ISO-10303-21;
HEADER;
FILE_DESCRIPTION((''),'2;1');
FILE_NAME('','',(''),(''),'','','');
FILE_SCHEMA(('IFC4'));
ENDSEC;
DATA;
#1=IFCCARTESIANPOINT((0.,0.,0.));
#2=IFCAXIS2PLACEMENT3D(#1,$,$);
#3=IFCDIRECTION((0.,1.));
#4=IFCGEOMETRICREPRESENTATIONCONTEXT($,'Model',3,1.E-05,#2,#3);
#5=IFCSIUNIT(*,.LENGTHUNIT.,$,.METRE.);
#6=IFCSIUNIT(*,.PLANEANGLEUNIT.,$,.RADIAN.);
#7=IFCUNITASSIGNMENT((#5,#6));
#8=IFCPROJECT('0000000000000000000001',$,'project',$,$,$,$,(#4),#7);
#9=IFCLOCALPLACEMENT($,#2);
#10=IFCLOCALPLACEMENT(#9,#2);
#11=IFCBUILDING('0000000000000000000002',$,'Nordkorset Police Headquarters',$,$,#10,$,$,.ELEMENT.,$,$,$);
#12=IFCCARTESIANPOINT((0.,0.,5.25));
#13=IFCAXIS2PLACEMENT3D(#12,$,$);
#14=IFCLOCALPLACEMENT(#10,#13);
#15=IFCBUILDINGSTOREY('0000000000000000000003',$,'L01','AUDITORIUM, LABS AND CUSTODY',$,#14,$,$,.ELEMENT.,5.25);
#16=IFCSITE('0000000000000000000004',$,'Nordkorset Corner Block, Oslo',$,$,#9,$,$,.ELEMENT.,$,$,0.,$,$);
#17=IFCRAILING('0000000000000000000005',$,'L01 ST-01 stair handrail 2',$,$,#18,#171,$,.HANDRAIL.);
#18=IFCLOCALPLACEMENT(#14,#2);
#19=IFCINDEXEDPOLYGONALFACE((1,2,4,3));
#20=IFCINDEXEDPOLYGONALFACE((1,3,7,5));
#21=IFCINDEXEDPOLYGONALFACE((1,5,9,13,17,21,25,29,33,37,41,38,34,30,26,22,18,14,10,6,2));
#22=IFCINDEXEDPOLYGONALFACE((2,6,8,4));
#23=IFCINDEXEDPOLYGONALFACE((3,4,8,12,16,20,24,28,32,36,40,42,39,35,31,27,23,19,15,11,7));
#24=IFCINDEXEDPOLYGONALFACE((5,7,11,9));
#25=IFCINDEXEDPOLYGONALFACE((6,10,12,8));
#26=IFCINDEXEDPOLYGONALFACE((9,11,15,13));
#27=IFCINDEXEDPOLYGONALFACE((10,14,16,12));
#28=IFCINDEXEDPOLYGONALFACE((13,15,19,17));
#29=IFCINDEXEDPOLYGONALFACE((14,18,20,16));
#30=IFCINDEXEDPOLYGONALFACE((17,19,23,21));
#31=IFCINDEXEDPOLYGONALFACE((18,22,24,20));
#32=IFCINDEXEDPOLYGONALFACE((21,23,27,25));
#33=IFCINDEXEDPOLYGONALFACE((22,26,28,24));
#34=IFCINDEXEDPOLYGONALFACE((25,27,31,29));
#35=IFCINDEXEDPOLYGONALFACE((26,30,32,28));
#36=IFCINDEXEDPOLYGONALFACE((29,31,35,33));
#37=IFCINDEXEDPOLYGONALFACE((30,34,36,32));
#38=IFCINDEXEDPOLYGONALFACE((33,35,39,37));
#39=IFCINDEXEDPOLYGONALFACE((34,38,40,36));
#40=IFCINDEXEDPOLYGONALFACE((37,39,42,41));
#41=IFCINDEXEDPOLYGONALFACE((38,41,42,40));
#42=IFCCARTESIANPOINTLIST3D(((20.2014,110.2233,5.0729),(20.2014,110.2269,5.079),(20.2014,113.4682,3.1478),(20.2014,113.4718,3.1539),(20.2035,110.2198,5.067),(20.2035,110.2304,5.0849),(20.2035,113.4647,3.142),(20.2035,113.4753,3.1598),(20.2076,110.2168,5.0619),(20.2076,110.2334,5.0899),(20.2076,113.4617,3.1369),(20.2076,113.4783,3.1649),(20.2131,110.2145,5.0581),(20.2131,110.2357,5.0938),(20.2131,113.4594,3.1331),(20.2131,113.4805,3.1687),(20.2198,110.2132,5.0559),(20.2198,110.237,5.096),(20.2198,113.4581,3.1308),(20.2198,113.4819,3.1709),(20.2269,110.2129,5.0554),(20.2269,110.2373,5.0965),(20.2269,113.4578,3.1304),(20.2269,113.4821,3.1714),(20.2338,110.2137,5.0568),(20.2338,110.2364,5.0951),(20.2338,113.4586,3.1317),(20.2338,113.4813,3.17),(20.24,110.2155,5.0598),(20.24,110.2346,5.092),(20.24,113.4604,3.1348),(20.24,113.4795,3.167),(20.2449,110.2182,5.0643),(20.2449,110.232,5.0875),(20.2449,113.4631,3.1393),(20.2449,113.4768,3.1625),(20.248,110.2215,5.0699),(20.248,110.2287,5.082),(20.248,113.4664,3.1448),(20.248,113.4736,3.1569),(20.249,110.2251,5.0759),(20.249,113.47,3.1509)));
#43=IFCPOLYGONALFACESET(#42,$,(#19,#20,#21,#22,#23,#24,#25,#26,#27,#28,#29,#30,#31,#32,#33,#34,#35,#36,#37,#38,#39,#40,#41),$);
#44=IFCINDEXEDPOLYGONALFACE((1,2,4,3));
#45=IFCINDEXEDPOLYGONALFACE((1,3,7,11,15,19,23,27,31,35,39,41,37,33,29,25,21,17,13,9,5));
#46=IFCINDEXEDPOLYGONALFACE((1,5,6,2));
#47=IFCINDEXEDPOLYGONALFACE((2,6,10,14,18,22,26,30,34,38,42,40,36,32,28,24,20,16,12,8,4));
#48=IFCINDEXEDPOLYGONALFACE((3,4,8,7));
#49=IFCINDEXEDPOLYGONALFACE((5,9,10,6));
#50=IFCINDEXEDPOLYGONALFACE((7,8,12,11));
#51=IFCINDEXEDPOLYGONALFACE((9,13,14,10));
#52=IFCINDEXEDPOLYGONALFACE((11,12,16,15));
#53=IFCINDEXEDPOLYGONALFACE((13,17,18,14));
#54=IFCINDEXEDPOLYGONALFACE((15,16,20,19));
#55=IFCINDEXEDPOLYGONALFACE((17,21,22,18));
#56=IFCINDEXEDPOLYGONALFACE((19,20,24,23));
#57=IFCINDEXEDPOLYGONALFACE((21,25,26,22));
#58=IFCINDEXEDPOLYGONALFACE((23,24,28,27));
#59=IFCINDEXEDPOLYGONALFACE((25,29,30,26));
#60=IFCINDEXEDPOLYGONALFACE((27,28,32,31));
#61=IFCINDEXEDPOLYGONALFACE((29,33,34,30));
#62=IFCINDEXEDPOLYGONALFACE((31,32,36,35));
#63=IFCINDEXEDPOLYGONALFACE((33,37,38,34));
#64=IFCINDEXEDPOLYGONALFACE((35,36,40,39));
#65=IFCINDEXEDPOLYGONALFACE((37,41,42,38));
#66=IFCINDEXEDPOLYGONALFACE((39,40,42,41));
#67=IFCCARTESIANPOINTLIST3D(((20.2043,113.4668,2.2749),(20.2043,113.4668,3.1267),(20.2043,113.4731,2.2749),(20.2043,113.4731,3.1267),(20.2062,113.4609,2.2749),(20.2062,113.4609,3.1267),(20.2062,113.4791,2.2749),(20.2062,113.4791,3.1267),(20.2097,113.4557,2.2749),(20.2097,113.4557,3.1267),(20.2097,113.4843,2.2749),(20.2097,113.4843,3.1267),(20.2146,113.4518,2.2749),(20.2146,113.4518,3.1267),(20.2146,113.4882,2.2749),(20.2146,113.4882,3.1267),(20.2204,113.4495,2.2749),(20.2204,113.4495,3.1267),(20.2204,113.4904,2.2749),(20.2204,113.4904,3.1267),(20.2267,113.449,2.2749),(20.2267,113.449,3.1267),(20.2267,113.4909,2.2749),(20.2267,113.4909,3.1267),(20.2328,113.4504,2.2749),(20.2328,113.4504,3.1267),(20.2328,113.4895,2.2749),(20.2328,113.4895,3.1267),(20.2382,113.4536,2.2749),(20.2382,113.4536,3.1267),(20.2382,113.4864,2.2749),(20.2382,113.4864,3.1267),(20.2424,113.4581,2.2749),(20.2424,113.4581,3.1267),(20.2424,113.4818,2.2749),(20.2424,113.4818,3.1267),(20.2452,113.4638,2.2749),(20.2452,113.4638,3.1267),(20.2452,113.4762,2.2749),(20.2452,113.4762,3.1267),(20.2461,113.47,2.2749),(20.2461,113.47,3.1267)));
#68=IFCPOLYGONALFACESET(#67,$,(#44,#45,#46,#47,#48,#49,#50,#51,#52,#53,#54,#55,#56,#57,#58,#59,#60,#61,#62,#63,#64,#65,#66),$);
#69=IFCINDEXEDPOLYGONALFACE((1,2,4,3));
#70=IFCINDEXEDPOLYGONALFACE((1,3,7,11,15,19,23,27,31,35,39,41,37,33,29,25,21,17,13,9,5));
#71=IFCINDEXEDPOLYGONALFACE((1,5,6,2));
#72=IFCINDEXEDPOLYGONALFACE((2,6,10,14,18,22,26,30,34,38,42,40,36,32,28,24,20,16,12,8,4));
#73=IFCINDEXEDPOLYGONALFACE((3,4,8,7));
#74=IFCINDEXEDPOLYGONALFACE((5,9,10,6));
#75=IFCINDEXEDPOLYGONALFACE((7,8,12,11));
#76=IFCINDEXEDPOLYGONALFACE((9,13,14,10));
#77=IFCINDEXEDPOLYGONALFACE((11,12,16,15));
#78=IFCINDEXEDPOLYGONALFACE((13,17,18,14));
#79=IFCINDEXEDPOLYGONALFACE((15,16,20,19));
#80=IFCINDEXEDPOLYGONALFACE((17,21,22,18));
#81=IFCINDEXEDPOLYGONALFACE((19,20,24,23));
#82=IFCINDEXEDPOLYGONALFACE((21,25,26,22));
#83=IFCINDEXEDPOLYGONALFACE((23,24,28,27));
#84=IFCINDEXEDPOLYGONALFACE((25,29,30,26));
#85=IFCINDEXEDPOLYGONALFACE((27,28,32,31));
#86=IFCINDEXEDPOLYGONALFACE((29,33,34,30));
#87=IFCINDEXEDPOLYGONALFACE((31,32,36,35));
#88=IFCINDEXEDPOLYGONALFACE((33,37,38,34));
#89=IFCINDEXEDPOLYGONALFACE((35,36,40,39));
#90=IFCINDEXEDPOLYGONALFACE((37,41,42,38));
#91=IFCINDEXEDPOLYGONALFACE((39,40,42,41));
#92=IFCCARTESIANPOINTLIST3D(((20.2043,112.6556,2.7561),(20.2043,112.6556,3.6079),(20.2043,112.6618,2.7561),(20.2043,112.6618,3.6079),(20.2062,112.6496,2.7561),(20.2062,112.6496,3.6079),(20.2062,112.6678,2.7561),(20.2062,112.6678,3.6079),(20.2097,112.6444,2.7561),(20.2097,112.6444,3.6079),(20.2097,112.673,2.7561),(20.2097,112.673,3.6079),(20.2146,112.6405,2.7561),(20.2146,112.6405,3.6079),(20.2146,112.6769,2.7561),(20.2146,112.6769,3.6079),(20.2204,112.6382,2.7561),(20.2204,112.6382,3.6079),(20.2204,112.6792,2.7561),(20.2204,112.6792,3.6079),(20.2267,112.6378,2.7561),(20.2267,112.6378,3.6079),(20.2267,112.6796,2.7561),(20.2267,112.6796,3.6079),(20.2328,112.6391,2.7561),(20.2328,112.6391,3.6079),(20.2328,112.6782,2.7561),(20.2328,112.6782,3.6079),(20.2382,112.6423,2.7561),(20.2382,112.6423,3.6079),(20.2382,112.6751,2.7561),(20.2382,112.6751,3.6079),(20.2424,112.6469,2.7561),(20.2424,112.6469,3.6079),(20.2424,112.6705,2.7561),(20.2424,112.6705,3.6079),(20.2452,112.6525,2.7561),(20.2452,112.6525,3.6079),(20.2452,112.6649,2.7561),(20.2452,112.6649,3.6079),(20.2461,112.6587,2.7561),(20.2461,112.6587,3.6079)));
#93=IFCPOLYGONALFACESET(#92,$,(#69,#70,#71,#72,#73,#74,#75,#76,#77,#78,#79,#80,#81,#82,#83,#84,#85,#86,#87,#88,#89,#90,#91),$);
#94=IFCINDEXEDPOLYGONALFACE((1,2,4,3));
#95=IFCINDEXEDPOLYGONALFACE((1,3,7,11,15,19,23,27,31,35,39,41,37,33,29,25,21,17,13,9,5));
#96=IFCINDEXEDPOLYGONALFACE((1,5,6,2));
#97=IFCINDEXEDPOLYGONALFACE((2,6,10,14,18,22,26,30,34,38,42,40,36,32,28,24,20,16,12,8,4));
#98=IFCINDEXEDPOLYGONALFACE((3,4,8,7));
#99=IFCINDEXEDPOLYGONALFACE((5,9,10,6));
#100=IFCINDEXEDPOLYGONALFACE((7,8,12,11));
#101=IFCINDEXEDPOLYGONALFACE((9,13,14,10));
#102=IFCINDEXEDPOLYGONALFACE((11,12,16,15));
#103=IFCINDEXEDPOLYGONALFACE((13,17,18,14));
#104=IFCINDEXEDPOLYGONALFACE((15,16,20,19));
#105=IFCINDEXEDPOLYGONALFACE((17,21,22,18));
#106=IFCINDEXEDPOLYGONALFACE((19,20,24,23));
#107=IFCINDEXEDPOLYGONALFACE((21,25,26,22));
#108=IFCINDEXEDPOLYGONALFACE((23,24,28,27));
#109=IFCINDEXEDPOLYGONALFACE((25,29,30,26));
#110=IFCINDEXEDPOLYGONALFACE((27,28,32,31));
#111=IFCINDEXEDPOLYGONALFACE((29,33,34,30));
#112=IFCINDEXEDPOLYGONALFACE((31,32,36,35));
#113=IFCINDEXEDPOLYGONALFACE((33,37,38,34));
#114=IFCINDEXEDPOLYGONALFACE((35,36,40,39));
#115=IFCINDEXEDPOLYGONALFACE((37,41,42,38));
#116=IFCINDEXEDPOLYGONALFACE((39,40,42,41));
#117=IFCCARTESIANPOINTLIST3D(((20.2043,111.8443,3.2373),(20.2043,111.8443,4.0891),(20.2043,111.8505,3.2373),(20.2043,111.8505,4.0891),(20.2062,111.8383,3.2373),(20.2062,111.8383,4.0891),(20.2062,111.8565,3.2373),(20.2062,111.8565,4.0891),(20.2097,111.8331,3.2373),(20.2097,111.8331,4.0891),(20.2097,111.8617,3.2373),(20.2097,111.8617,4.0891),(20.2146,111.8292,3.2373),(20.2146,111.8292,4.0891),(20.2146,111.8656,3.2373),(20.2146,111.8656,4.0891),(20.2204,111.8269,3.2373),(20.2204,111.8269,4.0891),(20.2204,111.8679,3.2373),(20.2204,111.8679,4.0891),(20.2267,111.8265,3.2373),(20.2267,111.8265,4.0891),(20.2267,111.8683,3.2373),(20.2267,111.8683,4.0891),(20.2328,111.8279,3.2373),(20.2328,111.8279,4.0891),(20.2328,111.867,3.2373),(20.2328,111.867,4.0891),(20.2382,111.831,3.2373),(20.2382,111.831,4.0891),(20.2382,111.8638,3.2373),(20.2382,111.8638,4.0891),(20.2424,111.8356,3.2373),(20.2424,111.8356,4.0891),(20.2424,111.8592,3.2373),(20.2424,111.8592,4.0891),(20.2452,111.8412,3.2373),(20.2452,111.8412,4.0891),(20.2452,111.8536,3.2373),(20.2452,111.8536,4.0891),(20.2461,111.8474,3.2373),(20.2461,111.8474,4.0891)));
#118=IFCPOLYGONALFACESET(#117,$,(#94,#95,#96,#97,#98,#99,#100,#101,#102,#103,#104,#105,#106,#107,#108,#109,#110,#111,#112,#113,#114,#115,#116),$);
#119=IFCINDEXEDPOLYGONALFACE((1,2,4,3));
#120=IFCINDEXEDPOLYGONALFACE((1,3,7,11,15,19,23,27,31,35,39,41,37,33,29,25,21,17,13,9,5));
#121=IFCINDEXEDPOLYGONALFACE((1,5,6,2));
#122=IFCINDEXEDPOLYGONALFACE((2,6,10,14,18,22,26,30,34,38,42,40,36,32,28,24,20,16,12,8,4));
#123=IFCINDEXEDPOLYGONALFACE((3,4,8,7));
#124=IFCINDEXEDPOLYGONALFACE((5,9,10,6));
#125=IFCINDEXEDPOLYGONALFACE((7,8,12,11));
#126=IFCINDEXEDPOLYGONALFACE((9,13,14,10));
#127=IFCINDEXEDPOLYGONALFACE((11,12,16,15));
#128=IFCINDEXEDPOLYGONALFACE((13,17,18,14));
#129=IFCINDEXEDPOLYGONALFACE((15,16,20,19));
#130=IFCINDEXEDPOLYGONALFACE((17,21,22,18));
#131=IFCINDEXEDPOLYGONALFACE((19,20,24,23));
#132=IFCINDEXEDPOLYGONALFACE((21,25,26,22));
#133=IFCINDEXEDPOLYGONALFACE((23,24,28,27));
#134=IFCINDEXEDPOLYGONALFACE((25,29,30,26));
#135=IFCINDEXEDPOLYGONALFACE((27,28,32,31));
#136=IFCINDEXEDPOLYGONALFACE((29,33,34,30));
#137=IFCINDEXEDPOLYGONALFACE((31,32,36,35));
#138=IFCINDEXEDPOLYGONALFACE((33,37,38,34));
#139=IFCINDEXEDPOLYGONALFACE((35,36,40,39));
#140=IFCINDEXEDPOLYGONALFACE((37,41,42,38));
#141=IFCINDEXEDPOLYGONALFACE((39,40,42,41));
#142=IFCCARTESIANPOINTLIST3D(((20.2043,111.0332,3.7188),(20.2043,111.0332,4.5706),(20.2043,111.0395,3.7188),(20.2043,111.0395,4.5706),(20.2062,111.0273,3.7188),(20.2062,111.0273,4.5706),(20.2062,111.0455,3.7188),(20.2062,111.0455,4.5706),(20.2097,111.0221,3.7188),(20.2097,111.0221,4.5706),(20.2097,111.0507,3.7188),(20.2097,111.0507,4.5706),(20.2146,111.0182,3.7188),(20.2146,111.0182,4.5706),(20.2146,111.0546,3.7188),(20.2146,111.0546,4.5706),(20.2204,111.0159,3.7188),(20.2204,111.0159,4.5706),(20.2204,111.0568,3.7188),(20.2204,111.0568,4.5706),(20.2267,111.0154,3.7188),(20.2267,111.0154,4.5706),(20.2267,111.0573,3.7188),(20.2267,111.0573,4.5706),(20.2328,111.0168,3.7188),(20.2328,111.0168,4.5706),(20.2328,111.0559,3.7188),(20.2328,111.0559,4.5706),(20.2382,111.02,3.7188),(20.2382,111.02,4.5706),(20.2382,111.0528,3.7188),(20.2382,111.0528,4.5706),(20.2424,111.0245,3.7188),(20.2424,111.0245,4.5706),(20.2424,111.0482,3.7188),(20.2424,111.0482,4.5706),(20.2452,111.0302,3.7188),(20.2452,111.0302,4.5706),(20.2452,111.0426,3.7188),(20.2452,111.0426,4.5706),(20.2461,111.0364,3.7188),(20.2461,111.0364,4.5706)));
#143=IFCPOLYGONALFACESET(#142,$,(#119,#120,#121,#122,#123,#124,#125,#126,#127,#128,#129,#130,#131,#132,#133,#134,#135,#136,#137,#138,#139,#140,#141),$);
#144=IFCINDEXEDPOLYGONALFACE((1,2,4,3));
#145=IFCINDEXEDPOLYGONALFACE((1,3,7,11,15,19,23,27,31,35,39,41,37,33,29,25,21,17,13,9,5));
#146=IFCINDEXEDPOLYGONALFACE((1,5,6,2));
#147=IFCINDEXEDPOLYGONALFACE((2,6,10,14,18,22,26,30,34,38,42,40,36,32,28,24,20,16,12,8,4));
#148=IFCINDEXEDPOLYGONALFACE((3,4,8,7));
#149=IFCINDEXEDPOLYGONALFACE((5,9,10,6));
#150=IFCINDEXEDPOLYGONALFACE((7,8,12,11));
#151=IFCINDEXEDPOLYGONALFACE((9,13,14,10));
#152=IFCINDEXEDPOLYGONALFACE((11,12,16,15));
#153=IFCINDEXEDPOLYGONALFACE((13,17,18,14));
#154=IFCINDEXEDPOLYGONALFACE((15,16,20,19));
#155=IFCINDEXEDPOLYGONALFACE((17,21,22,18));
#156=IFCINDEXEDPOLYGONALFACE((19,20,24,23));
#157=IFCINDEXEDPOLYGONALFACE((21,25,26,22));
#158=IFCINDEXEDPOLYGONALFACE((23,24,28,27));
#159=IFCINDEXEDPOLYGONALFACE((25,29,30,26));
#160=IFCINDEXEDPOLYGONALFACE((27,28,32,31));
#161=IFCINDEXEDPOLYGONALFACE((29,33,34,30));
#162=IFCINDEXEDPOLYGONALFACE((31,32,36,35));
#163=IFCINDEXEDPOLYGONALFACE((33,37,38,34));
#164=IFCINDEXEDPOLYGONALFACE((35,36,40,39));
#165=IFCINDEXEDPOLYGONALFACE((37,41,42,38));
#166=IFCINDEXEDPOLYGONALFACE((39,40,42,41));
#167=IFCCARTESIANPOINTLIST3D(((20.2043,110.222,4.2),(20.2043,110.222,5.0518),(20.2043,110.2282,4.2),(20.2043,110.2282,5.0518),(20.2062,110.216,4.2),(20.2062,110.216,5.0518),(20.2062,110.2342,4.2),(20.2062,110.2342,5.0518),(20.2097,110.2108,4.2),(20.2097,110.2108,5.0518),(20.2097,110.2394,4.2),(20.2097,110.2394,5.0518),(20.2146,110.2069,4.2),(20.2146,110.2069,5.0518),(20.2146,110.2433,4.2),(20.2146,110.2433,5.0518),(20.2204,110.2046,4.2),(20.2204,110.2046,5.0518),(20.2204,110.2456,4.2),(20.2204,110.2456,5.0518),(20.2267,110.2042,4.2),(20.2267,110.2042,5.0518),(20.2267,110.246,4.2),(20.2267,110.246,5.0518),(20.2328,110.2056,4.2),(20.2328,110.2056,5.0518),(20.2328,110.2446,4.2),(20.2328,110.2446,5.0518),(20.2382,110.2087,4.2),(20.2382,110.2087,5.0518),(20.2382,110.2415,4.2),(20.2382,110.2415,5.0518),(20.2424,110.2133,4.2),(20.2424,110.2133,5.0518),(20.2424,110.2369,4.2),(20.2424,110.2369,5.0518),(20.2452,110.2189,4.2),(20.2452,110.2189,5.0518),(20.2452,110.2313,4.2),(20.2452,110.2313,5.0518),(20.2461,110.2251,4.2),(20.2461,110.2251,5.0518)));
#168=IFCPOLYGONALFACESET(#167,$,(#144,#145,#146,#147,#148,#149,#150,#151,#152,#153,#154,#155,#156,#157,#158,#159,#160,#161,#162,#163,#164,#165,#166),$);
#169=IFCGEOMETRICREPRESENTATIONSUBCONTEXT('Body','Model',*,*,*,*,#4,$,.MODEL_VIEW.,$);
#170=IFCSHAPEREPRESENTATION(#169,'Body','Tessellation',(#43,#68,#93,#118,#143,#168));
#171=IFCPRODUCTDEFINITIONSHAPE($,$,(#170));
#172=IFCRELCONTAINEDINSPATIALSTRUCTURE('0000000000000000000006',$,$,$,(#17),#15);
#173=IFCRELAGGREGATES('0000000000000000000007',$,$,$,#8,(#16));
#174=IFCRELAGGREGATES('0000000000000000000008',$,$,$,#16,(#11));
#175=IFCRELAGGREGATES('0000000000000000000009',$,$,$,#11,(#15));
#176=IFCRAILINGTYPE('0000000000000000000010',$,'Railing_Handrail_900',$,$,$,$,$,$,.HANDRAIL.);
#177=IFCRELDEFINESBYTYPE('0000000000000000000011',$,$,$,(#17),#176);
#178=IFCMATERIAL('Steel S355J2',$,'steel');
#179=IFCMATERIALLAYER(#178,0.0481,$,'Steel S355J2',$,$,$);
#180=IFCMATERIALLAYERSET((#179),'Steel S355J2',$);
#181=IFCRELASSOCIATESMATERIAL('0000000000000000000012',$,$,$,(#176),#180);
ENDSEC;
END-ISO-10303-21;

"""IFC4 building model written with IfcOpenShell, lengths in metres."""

from ifc_helpers import new_model, si_unit, direction, frame, origin, origin_2d, place, context, subcontext, project, spatial, circle, extrude, material, layer, layer_set, type_object, element, save


model = new_model("IFC4")

# Units and contexts
model_context = context("Model", 3, precision=1e-05, world=origin(), true_north=direction((0.0, 1.0)))
body_context = subcontext(model_context, "Body", "Model", "MODEL_VIEW")
ifc_project = project(units=[si_unit("LENGTHUNIT", "METRE"), si_unit("PLANEANGLEUNIT", "RADIAN")], contexts=[model_context])

# Site, building, storey
site_placement = place(None, origin())
site = spatial("IfcSite", under=ifc_project, at=site_placement, Name="Nordkorset Corner Block, Oslo", CompositionType="ELEMENT", RefElevation=0.0)
building_placement = place(site_placement, origin())
building = spatial("IfcBuilding", under=site, at=building_placement, Name="Nordkorset Police Headquarters", CompositionType="ELEMENT")
storey_placement = place(building_placement, frame((0.0, 0.0, 5.25)))
storey = spatial("IfcBuildingStorey", under=building, at=storey_placement, Name="L01", Description="AUDITORIUM, LABS AND CUSTODY", CompositionType="ELEMENT", Elevation=5.25)

# Railing
ifc_material_1 = material(Name="Steel S355J2", Category="steel")
ifc_layer_1 = layer(ifc_material_1, 0.0481, Name="Steel S355J2")
ifc_layer_set_1 = layer_set([ifc_layer_1], Name="Steel S355J2")
railing_type_1 = type_object("IfcRailingType", Name="Railing_Handrail_900", PredefinedType="HANDRAIL", material=ifc_layer_set_1)
railing_1_placement = place(storey_placement, frame((20.2251, 113.47, 2.2749)))
element("IfcRailing", 1, at=railing_1_placement, inside=storey, type_object=railing_type_1, Name="L01 ST-01 stair handrail 2", PredefinedType="HANDRAIL", context=body_context, shape_type="SweptSolid", body=[
    extrude(circle(Radius=0.0239, at=origin_2d()), frame((0.0, 0.0, 0.876), z_axis=(0.0, -0.86004, 0.510226), x_axis=(1.0, 0.0, 0.0)), (0.0, 0.0, 1.0), 3.7729),
    extrude(circle(Radius=0.021, at=origin_2d()), origin(), (0.0, 0.0, 1.0), 0.8518),
    extrude(circle(Radius=0.021, at=origin_2d()), frame((0.0, -0.8113, 0.4812)), (0.0, 0.0, 1.0), 0.8518),
    extrude(circle(Radius=0.021, at=origin_2d()), frame((0.0, -1.6226, 0.9624)), (0.0, 0.0, 1.0), 0.8518),
    extrude(circle(Radius=0.021, at=origin_2d()), frame((0.0, -2.4336, 1.4438)), (0.0, 0.0, 1.0), 0.8518),
    extrude(circle(Radius=0.021, at=origin_2d()), frame((0.0, -3.2449, 1.925)), (0.0, 0.0, 1.0), 0.8518),
])

save(model, "model.ifc")
